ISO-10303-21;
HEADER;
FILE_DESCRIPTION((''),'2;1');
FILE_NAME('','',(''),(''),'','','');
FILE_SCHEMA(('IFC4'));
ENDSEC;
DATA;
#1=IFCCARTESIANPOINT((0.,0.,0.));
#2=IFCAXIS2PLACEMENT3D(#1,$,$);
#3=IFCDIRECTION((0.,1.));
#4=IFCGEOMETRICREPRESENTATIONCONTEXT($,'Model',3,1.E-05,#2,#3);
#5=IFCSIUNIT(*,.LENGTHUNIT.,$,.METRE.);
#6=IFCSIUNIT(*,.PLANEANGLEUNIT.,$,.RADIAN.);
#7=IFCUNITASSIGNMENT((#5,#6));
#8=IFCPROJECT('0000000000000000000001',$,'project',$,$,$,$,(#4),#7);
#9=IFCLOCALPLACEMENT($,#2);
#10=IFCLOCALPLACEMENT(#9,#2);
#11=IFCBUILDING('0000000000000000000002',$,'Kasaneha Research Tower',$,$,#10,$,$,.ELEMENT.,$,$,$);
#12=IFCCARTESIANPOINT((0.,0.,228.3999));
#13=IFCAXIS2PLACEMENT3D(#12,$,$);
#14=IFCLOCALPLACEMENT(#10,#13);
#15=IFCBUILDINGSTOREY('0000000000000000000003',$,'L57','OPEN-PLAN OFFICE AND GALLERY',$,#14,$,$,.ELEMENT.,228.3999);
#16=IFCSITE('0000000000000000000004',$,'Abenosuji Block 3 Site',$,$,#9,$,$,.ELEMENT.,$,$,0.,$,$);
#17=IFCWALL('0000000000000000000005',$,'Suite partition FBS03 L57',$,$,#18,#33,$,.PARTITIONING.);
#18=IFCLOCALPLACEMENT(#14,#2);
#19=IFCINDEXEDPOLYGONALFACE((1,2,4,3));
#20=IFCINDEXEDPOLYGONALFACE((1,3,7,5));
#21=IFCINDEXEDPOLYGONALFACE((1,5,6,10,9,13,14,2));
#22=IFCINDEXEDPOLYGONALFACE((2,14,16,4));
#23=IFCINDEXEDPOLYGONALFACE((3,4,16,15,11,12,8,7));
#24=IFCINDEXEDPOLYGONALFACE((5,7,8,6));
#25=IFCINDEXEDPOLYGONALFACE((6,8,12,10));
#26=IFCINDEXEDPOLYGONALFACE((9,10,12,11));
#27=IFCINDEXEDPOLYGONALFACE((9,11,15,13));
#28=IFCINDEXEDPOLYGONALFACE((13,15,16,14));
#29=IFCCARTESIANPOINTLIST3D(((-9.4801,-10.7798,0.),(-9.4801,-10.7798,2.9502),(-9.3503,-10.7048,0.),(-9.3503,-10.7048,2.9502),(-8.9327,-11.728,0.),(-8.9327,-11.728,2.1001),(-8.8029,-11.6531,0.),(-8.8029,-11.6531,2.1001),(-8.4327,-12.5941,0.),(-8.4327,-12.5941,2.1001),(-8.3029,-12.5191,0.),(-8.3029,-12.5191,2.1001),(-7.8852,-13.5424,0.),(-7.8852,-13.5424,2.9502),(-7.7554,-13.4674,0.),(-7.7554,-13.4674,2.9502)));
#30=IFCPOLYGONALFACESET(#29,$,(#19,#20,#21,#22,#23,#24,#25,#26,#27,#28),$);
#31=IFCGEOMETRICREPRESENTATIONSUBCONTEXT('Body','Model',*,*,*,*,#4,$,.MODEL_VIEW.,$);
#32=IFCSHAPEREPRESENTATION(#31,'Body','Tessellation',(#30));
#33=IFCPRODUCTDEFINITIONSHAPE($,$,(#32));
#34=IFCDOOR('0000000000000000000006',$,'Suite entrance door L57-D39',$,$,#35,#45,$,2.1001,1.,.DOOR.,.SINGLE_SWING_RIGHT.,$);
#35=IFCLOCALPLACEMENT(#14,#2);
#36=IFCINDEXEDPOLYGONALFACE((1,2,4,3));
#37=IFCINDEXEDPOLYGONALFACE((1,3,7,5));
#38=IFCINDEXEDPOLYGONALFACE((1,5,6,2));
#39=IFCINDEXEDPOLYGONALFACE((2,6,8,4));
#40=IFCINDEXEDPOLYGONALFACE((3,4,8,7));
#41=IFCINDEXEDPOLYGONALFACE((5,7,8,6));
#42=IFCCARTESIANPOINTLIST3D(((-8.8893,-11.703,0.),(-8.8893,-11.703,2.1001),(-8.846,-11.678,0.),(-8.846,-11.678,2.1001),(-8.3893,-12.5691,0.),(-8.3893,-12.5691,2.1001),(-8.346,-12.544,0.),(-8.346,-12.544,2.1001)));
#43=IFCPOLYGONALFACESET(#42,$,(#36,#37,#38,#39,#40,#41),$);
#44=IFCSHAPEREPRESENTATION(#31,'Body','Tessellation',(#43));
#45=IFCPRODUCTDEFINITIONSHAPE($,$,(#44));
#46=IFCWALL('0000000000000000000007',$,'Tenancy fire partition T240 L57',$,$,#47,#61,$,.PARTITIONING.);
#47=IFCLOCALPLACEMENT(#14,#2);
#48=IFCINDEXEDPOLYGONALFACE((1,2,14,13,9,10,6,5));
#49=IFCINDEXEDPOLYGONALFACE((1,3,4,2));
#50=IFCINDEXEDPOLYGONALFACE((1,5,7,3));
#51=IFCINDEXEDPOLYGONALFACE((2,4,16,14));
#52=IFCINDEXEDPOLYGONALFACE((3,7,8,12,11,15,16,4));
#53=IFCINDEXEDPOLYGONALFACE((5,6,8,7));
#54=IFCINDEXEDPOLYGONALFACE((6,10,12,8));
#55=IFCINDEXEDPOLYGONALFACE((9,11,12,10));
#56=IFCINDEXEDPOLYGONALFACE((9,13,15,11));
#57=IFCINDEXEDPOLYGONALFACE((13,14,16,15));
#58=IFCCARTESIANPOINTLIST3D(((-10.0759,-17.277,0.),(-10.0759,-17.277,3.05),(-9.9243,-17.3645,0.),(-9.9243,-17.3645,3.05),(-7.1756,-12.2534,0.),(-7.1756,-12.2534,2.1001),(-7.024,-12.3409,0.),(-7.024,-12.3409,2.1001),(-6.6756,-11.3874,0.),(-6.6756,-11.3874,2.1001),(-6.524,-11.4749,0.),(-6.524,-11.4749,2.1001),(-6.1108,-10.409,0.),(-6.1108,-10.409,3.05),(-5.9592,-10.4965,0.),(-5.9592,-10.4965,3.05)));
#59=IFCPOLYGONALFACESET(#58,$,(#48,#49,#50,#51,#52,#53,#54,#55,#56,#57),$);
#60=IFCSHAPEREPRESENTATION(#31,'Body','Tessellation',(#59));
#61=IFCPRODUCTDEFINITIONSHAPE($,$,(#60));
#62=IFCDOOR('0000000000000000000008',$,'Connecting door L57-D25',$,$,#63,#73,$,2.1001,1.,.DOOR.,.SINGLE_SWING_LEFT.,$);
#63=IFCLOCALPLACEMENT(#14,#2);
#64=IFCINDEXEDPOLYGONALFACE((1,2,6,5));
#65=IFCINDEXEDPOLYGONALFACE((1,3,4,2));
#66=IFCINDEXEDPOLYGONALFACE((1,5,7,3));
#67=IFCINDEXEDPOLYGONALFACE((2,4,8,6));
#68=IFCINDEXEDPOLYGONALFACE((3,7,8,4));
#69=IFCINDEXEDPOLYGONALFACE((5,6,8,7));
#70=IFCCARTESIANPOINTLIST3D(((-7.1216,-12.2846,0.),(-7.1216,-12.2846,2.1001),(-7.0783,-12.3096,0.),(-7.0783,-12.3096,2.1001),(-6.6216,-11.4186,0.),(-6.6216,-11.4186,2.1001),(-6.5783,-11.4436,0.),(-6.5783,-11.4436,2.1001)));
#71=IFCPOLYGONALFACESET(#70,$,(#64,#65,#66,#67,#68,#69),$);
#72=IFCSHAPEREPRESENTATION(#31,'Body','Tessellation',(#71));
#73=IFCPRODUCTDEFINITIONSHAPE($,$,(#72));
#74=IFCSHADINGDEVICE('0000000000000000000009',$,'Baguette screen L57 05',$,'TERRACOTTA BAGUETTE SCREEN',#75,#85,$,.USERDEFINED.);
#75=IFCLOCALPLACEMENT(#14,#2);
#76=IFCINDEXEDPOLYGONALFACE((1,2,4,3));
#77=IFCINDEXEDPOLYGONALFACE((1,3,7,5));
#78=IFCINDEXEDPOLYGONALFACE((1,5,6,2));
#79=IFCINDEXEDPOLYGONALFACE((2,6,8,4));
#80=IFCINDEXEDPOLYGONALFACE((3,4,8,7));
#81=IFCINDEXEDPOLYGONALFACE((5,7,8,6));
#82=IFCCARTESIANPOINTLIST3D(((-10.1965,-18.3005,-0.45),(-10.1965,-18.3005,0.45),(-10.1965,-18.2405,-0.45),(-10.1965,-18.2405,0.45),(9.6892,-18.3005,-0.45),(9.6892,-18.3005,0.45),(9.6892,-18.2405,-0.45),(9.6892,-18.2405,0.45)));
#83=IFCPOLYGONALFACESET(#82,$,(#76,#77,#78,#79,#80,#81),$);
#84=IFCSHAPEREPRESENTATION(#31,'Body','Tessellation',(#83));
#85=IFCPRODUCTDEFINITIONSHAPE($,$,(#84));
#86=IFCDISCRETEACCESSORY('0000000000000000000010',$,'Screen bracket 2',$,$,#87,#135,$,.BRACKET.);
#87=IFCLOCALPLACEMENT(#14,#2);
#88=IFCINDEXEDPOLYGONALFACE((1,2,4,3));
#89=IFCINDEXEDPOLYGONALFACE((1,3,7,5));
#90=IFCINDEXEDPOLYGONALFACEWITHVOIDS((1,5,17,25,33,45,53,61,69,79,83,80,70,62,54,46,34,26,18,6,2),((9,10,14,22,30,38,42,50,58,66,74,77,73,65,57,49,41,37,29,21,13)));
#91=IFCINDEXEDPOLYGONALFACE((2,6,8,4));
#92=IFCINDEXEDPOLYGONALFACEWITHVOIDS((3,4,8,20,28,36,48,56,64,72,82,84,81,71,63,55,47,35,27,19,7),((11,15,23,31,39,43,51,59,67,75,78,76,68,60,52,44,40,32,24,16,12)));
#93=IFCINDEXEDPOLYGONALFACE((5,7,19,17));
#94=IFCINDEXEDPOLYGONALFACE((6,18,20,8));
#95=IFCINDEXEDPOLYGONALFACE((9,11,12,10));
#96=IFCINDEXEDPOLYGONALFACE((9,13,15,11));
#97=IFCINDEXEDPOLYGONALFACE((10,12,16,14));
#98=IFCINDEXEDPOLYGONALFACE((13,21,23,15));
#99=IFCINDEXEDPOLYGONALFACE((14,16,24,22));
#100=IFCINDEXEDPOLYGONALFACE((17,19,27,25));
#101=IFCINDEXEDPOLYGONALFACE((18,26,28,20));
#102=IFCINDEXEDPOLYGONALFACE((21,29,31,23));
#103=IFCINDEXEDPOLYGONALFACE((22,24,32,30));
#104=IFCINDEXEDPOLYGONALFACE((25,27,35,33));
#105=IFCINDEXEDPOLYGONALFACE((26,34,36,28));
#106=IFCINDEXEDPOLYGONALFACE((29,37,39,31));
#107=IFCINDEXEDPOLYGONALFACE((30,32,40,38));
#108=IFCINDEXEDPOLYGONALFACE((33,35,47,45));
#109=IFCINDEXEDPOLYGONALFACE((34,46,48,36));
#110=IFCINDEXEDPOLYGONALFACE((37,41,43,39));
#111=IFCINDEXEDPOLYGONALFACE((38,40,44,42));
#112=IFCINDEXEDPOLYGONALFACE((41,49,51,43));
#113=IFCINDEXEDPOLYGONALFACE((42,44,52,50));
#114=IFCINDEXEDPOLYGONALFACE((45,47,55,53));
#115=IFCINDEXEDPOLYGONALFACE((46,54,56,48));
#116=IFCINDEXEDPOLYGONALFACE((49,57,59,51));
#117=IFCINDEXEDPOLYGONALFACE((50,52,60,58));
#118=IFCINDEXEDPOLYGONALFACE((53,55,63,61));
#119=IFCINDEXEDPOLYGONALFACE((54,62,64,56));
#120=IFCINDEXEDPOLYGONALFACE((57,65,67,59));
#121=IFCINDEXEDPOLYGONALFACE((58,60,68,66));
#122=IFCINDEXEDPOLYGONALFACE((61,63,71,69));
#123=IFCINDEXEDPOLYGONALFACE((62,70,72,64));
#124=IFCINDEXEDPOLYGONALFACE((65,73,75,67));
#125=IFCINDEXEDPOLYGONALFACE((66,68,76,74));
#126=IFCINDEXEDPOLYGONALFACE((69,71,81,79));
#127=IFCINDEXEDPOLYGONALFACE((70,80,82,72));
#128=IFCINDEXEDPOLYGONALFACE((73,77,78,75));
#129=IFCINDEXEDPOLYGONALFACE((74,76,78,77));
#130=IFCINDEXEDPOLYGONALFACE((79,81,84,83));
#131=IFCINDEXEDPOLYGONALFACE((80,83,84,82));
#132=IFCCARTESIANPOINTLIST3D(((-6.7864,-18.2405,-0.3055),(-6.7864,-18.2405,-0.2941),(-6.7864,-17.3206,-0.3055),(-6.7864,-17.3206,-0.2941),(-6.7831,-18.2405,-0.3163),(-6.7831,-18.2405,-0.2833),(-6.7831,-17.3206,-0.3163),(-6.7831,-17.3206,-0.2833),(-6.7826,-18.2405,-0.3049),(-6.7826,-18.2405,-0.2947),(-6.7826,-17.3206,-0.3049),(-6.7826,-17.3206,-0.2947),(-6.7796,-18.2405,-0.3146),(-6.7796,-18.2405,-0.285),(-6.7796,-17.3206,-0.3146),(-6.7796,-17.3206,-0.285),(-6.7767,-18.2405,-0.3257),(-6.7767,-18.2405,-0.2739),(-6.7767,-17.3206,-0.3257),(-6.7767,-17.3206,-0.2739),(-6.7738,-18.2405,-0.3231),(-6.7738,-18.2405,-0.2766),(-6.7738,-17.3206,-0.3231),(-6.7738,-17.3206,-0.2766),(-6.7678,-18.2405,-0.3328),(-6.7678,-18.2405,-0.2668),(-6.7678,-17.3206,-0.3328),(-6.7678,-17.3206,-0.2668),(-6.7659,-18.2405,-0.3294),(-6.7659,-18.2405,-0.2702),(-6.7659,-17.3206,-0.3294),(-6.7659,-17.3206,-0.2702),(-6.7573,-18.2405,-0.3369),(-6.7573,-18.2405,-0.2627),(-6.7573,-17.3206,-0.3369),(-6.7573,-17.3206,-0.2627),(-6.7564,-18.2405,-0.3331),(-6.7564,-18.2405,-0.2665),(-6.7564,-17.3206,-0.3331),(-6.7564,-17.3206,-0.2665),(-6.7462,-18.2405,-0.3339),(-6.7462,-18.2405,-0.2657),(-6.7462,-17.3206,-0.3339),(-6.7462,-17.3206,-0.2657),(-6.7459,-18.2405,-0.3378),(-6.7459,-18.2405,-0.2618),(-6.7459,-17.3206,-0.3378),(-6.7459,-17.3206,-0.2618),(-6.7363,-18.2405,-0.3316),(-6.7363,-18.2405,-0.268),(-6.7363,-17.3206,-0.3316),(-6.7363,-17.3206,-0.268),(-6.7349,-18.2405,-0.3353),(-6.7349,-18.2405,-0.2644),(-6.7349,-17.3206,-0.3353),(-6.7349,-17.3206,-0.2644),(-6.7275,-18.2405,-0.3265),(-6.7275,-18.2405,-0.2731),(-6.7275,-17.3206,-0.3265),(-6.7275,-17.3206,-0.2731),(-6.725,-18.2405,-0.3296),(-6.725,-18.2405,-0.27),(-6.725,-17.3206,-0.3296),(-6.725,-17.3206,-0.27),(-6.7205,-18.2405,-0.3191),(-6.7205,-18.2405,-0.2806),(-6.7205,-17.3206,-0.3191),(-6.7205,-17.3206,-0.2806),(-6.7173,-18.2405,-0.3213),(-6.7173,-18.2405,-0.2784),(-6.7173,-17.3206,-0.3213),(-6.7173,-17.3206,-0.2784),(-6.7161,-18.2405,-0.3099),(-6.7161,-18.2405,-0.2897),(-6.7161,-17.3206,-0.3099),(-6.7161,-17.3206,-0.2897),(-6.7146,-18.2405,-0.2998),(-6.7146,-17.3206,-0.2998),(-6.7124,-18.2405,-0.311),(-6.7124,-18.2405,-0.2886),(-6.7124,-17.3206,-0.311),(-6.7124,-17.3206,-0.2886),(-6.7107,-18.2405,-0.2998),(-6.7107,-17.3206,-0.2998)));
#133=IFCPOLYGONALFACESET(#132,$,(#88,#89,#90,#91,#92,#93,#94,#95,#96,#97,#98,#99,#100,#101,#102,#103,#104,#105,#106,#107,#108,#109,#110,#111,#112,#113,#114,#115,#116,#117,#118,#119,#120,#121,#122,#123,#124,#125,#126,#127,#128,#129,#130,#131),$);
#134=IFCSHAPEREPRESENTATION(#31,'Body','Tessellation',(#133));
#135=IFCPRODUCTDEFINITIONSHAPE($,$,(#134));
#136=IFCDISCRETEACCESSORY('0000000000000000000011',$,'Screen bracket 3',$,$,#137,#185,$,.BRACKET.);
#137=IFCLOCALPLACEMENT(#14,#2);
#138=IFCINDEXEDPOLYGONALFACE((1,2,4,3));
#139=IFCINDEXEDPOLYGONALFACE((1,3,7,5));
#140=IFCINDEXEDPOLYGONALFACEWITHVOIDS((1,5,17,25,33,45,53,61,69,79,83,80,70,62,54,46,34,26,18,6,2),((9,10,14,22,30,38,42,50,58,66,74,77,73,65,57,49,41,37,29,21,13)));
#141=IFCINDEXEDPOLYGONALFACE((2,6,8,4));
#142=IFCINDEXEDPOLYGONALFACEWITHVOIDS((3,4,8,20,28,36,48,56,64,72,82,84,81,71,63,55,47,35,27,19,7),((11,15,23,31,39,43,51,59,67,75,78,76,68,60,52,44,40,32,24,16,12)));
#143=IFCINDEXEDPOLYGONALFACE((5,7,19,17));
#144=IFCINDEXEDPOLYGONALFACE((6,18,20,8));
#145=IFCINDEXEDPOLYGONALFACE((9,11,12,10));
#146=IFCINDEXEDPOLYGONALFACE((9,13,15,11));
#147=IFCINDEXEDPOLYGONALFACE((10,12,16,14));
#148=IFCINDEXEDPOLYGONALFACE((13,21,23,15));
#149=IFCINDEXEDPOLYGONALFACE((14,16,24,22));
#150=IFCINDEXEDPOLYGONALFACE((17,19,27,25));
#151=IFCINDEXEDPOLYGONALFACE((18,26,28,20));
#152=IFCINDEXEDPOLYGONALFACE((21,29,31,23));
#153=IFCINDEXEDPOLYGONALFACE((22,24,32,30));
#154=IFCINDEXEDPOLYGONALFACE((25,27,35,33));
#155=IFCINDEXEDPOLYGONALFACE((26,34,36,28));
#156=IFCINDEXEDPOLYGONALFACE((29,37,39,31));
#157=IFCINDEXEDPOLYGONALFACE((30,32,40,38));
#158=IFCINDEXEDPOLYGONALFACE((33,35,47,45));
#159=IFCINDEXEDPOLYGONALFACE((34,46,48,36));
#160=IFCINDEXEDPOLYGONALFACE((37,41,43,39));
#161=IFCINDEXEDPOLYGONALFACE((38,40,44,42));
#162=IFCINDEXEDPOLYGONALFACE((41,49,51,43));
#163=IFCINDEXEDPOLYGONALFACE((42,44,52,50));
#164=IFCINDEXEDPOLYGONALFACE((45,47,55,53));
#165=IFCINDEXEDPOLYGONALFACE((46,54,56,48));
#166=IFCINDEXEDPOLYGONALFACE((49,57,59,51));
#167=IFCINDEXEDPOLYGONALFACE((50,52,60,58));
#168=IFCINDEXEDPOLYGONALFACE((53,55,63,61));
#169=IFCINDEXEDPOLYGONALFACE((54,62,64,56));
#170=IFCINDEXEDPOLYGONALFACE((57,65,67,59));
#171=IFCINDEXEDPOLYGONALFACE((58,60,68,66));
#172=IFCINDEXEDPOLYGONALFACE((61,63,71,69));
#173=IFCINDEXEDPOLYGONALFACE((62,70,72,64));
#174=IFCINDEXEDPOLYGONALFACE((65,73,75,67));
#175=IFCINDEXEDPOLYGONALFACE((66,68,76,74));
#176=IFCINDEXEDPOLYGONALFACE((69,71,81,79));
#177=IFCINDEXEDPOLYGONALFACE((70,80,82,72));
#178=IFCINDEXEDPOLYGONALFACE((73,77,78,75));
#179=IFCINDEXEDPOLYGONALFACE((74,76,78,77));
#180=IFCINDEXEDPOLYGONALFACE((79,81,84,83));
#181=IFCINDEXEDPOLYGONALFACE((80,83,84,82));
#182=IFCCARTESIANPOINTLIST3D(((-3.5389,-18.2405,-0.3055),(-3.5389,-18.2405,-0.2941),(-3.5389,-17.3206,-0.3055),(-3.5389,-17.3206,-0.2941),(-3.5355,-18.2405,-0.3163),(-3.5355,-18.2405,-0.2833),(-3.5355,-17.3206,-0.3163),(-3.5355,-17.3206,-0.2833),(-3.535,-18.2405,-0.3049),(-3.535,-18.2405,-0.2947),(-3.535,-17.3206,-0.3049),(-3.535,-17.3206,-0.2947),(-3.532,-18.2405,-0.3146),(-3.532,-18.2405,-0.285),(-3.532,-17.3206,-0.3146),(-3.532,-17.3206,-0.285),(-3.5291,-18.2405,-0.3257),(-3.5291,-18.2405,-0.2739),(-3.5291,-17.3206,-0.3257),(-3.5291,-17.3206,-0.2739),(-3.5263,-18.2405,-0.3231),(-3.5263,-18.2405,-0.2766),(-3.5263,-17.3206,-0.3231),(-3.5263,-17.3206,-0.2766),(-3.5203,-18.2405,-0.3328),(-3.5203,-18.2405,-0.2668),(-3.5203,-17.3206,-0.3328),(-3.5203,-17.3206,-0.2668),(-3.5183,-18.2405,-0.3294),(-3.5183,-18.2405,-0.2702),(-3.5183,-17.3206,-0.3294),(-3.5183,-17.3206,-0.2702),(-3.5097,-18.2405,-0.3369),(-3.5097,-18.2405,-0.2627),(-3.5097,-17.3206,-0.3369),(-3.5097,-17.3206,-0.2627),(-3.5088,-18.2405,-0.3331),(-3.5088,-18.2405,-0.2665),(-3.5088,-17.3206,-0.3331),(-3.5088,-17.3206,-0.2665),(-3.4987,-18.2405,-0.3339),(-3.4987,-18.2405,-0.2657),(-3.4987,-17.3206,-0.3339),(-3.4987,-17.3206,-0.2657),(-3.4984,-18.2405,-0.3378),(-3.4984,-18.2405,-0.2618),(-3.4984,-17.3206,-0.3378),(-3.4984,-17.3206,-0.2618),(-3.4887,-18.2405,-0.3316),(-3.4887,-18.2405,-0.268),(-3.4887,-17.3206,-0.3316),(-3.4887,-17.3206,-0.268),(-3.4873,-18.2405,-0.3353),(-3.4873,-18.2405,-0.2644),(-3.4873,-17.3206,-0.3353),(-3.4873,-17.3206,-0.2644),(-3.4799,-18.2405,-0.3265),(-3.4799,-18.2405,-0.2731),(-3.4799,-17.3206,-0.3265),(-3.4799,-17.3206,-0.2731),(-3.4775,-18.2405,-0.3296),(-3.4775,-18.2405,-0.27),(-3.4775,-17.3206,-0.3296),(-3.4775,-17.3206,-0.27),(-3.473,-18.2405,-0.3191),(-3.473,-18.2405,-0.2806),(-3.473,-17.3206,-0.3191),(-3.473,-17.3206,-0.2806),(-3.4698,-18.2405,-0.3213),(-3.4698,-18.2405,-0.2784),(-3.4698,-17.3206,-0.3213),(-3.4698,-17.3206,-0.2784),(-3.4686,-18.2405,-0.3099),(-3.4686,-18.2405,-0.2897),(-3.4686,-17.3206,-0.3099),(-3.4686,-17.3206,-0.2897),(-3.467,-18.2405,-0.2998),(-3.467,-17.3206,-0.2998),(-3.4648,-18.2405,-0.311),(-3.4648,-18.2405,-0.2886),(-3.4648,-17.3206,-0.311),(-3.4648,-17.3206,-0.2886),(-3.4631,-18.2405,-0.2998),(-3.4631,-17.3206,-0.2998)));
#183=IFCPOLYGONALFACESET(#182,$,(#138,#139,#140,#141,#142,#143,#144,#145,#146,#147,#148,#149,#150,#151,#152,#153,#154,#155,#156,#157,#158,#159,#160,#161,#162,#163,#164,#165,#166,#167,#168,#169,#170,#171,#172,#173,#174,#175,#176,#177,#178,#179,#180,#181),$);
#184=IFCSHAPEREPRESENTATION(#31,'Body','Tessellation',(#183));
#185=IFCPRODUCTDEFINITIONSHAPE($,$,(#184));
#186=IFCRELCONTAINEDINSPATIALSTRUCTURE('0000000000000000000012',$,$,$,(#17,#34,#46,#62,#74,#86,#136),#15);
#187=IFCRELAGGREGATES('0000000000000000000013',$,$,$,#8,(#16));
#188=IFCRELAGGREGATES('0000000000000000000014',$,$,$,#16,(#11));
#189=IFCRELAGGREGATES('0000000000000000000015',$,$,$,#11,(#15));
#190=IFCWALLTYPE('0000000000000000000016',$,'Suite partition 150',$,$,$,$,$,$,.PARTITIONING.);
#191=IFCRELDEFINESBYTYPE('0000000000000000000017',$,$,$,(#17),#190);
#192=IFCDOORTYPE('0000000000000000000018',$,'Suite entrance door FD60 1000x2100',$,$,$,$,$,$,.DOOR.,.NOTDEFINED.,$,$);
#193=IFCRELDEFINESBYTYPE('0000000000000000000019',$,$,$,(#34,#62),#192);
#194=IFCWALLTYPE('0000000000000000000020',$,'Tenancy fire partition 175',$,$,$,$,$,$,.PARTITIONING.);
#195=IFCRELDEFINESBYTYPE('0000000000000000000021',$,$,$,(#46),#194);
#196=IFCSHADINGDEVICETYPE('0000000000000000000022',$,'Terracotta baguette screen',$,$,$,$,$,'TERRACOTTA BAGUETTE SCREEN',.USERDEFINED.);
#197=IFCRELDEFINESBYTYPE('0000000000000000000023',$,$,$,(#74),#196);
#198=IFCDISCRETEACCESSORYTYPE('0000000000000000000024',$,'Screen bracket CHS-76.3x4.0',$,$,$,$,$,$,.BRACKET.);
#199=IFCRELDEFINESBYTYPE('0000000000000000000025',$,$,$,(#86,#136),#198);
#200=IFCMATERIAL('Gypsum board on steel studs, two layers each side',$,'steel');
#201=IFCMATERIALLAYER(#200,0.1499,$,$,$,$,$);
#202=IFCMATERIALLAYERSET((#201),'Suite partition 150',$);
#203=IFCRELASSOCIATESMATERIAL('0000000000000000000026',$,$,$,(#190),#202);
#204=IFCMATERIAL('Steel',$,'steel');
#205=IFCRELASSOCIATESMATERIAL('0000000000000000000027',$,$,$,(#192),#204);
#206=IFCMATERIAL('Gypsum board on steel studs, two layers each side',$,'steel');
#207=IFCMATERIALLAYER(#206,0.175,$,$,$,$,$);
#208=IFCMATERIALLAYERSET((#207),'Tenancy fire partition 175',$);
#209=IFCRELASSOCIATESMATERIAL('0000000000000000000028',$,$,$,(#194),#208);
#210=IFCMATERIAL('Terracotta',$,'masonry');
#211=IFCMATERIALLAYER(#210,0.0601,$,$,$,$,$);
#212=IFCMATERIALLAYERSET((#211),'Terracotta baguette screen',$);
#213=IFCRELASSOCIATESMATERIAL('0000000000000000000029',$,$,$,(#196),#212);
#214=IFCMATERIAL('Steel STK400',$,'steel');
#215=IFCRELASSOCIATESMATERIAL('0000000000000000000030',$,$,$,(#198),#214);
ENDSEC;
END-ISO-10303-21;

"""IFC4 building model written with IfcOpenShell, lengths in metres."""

from ifc_helpers import new_model, si_unit, direction, frame, frame_2d, origin, origin_2d, place, context, subcontext, project, spatial, rectangle, hollow_circle, extrude, material, layer, layer_set, material_profile, profile_set, type_object, element, fill, save


model = new_model("IFC4")

# Units and contexts
model_context = context("Model", 3, precision=1e-05, world=origin(), true_north=direction((0.0, 1.0)))
body_context = subcontext(model_context, "Body", "Model", "MODEL_VIEW")
ifc_project = project(units=[si_unit("LENGTHUNIT", "METRE"), si_unit("PLANEANGLEUNIT", "RADIAN")], contexts=[model_context])

# Site, building, storey
site_placement = place(None, origin())
site = spatial("IfcSite", under=ifc_project, at=site_placement, Name="Abenosuji Block 3 Site", CompositionType="ELEMENT", RefElevation=0.0)
building_placement = place(site_placement, origin())
building = spatial("IfcBuilding", under=site, at=building_placement, Name="Kasaneha Research Tower", CompositionType="ELEMENT")
storey_placement = place(building_placement, frame((0.0, 0.0, 228.3999)))
storey = spatial("IfcBuildingStorey", under=building, at=storey_placement, Name="L57", Description="OPEN-PLAN OFFICE AND GALLERY", CompositionType="ELEMENT", Elevation=228.3999)

# Walls, openings, doors
ifc_material_1 = material(Name="Gypsum board on steel studs, two layers each side", Category="steel")
ifc_layer_1 = layer(ifc_material_1, 0.1499)
ifc_layer_set_1 = layer_set([ifc_layer_1], Name="Suite partition 150")
wall_type_1 = type_object("IfcWallType", Name="Suite partition 150", PredefinedType="PARTITIONING", material=ifc_layer_set_1)
wall_1_placement = place(storey_placement, frame((-7.8203, -13.5049, 0.0), z_axis=(0.0, 0.0, 1.0), x_axis=(-0.499983, 0.866035, 0.0)))
wall_1 = element("IfcWall", 1, at=wall_1_placement, inside=storey, type_object=wall_type_1, Name="Suite partition FBS03 L57", PredefinedType="PARTITIONING", context=body_context, shape_type="SweptSolid", body=[
    extrude(rectangle(XDim=3.1899, YDim=0.1499, at=frame_2d((1.595, 0.0))), origin(), (0.0, 0.0, 1.0), 2.9502),
])
opening_1_placement = place(wall_1_placement, frame((1.095, 0.0, 0.0)))
opening_1 = element("IfcOpeningElement", 2, at=opening_1_placement, cuts=wall_1, PredefinedType="OPENING", context=body_context, shape_type="SweptSolid", body=[
    extrude(rectangle(XDim=1.0, YDim=2.1001, at=frame_2d((0.5, 1.05))), frame((0.0, 0.085, 0.0), z_axis=(0.0, -1.0, 0.0), x_axis=(1.0, 0.0, 0.0)), (0.0, 0.0, 1.0), 0.1699),
])
ifc_material_2 = material(Name="Steel", Category="steel")
door_type_1 = type_object("IfcDoorType", Name="Suite entrance door FD60 1000x2100", OperationType="NOTDEFINED", PredefinedType="DOOR", material=ifc_material_2)
door_1_placement = place(opening_1_placement, origin())
door_1 = element("IfcDoor", 3, at=door_1_placement, inside=storey, type_object=door_type_1, Name="Suite entrance door L57-D39", OperationType="SINGLE_SWING_RIGHT", OverallHeight=2.1001, OverallWidth=1.0, PredefinedType="DOOR", context=body_context, shape_type="SweptSolid", body=[
    extrude(rectangle(XDim=1.0, YDim=2.1001, at=frame_2d((0.5, 1.05))), frame((0.0, 0.0249, 0.0), z_axis=(0.0, -1.0, 0.0), x_axis=(1.0, 0.0, 0.0)), (0.0, 0.0, 1.0), 0.05),
])
fill(opening_1, door_1)
ifc_material_3 = material(Name="Gypsum board on steel studs, two layers each side", Category="steel")
ifc_layer_2 = layer(ifc_material_3, 0.175)
ifc_layer_set_2 = layer_set([ifc_layer_2], Name="Tenancy fire partition 175")
wall_type_2 = type_object("IfcWallType", Name="Tenancy fire partition 175", PredefinedType="PARTITIONING", material=ifc_layer_set_2)
wall_2_placement = place(storey_placement, frame((-6.0349, -10.4526, 0.0), z_axis=(0.0, 0.0, 1.0), x_axis=(-0.49999, -0.866031, 0.0)))
wall_2 = element("IfcWall", 4, at=wall_2_placement, inside=storey, type_object=wall_type_2, Name="Tenancy fire partition T240 L57", PredefinedType="PARTITIONING", context=body_context, shape_type="SweptSolid", body=[
    extrude(rectangle(XDim=7.9304, YDim=0.175, at=frame_2d((3.9653, 0.0))), origin(), (0.0, 0.0, 1.0), 3.05),
])
opening_2_placement = place(wall_2_placement, frame((1.1299, 0.0, 0.0)))
opening_2 = element("IfcOpeningElement", 5, at=opening_2_placement, cuts=wall_2, PredefinedType="OPENING", context=body_context, shape_type="SweptSolid", body=[
    extrude(rectangle(XDim=1.0, YDim=2.1001, at=frame_2d((0.5, 1.05))), frame((0.0, 0.0977, 0.0), z_axis=(0.0, -1.0, 0.0), x_axis=(1.0, 0.0, 0.0)), (0.0, 0.0, 1.0), 0.1951),
])
door_2_placement = place(opening_2_placement, origin())
door_2 = element("IfcDoor", 6, at=door_2_placement, inside=storey, type_object=door_type_1, Name="Connecting door L57-D25", OperationType="SINGLE_SWING_LEFT", OverallHeight=2.1001, OverallWidth=1.0, PredefinedType="DOOR", context=body_context, shape_type="SweptSolid", body=[
    extrude(rectangle(XDim=1.0, YDim=2.1001, at=frame_2d((0.5, 1.05))), frame((0.0, 0.0249, 0.0), z_axis=(0.0, -1.0, 0.0), x_axis=(1.0, 0.0, 0.0)), (0.0, 0.0, 1.0), 0.05),
])
fill(opening_2, door_2)

# Shading device
ifc_material_4 = material(Name="Terracotta", Category="masonry")
ifc_layer_3 = layer(ifc_material_4, 0.0601)
ifc_layer_set_3 = layer_set([ifc_layer_3], Name="Terracotta baguette screen")
shading_device_type = type_object("IfcShadingDeviceType", Name="Terracotta baguette screen", ElementType="TERRACOTTA BAGUETTE SCREEN", PredefinedType="USERDEFINED", material=ifc_layer_set_3)
shading_device_placement = place(storey_placement, frame((-0.2537, -18.2705, -0.45), z_axis=(0.0, 0.0, 1.0), x_axis=(1.0, 0.0, 0.0)))
element("IfcShadingDevice", 7, at=shading_device_placement, inside=storey, type_object=shading_device_type, Name="Baguette screen L57 05", ObjectType="TERRACOTTA BAGUETTE SCREEN", PredefinedType="USERDEFINED", context=body_context, shape_type="SweptSolid", body=[
    extrude(rectangle(XDim=19.8857, YDim=0.0601, at=origin_2d()), origin(), (0.0, 0.0, 1.0), 0.8999),
])

# Discrete accessories
ifc_material_5 = material(Name="Steel STK400", Category="steel")
ifc_material_profile_1 = material_profile(ifc_material_5, hollow_circle(Radius=0.0381, WallThickness=0.0039, at=origin_2d()), Name="CHS-76.3x4.0")
ifc_profile_set_1 = profile_set([ifc_material_profile_1], Name="Steel STK400")
discrete_accessory_type = type_object("IfcDiscreteAccessoryType", Name="Screen bracket CHS-76.3x4.0", PredefinedType="BRACKET", material=ifc_profile_set_1)
for number, where, z_axis, x_axis, name in (
    (8, (-6.7488, -17.3206, -0.2998), (0.0, -1.0, 0.0), (1.0, 0.0, 0.0), "Screen bracket 2"),
    (9, (-3.5012, -17.3206, -0.2998), (0.0, -1.0, 0.0), (1.0, 0.0, 0.0), "Screen bracket 3"),
):
    element("IfcDiscreteAccessory", number, at=place(storey_placement, frame(where, z_axis=z_axis, x_axis=x_axis)), inside=storey, type_object=discrete_accessory_type, Name=name, PredefinedType="BRACKET", context=body_context, shape_type="SweptSolid", body=[
        extrude(hollow_circle(Radius=0.0381, WallThickness=0.0039, at=origin_2d()), origin(), (0.0, 0.0, 1.0), 0.9199),
    ])

save(model, "model.ifc")
